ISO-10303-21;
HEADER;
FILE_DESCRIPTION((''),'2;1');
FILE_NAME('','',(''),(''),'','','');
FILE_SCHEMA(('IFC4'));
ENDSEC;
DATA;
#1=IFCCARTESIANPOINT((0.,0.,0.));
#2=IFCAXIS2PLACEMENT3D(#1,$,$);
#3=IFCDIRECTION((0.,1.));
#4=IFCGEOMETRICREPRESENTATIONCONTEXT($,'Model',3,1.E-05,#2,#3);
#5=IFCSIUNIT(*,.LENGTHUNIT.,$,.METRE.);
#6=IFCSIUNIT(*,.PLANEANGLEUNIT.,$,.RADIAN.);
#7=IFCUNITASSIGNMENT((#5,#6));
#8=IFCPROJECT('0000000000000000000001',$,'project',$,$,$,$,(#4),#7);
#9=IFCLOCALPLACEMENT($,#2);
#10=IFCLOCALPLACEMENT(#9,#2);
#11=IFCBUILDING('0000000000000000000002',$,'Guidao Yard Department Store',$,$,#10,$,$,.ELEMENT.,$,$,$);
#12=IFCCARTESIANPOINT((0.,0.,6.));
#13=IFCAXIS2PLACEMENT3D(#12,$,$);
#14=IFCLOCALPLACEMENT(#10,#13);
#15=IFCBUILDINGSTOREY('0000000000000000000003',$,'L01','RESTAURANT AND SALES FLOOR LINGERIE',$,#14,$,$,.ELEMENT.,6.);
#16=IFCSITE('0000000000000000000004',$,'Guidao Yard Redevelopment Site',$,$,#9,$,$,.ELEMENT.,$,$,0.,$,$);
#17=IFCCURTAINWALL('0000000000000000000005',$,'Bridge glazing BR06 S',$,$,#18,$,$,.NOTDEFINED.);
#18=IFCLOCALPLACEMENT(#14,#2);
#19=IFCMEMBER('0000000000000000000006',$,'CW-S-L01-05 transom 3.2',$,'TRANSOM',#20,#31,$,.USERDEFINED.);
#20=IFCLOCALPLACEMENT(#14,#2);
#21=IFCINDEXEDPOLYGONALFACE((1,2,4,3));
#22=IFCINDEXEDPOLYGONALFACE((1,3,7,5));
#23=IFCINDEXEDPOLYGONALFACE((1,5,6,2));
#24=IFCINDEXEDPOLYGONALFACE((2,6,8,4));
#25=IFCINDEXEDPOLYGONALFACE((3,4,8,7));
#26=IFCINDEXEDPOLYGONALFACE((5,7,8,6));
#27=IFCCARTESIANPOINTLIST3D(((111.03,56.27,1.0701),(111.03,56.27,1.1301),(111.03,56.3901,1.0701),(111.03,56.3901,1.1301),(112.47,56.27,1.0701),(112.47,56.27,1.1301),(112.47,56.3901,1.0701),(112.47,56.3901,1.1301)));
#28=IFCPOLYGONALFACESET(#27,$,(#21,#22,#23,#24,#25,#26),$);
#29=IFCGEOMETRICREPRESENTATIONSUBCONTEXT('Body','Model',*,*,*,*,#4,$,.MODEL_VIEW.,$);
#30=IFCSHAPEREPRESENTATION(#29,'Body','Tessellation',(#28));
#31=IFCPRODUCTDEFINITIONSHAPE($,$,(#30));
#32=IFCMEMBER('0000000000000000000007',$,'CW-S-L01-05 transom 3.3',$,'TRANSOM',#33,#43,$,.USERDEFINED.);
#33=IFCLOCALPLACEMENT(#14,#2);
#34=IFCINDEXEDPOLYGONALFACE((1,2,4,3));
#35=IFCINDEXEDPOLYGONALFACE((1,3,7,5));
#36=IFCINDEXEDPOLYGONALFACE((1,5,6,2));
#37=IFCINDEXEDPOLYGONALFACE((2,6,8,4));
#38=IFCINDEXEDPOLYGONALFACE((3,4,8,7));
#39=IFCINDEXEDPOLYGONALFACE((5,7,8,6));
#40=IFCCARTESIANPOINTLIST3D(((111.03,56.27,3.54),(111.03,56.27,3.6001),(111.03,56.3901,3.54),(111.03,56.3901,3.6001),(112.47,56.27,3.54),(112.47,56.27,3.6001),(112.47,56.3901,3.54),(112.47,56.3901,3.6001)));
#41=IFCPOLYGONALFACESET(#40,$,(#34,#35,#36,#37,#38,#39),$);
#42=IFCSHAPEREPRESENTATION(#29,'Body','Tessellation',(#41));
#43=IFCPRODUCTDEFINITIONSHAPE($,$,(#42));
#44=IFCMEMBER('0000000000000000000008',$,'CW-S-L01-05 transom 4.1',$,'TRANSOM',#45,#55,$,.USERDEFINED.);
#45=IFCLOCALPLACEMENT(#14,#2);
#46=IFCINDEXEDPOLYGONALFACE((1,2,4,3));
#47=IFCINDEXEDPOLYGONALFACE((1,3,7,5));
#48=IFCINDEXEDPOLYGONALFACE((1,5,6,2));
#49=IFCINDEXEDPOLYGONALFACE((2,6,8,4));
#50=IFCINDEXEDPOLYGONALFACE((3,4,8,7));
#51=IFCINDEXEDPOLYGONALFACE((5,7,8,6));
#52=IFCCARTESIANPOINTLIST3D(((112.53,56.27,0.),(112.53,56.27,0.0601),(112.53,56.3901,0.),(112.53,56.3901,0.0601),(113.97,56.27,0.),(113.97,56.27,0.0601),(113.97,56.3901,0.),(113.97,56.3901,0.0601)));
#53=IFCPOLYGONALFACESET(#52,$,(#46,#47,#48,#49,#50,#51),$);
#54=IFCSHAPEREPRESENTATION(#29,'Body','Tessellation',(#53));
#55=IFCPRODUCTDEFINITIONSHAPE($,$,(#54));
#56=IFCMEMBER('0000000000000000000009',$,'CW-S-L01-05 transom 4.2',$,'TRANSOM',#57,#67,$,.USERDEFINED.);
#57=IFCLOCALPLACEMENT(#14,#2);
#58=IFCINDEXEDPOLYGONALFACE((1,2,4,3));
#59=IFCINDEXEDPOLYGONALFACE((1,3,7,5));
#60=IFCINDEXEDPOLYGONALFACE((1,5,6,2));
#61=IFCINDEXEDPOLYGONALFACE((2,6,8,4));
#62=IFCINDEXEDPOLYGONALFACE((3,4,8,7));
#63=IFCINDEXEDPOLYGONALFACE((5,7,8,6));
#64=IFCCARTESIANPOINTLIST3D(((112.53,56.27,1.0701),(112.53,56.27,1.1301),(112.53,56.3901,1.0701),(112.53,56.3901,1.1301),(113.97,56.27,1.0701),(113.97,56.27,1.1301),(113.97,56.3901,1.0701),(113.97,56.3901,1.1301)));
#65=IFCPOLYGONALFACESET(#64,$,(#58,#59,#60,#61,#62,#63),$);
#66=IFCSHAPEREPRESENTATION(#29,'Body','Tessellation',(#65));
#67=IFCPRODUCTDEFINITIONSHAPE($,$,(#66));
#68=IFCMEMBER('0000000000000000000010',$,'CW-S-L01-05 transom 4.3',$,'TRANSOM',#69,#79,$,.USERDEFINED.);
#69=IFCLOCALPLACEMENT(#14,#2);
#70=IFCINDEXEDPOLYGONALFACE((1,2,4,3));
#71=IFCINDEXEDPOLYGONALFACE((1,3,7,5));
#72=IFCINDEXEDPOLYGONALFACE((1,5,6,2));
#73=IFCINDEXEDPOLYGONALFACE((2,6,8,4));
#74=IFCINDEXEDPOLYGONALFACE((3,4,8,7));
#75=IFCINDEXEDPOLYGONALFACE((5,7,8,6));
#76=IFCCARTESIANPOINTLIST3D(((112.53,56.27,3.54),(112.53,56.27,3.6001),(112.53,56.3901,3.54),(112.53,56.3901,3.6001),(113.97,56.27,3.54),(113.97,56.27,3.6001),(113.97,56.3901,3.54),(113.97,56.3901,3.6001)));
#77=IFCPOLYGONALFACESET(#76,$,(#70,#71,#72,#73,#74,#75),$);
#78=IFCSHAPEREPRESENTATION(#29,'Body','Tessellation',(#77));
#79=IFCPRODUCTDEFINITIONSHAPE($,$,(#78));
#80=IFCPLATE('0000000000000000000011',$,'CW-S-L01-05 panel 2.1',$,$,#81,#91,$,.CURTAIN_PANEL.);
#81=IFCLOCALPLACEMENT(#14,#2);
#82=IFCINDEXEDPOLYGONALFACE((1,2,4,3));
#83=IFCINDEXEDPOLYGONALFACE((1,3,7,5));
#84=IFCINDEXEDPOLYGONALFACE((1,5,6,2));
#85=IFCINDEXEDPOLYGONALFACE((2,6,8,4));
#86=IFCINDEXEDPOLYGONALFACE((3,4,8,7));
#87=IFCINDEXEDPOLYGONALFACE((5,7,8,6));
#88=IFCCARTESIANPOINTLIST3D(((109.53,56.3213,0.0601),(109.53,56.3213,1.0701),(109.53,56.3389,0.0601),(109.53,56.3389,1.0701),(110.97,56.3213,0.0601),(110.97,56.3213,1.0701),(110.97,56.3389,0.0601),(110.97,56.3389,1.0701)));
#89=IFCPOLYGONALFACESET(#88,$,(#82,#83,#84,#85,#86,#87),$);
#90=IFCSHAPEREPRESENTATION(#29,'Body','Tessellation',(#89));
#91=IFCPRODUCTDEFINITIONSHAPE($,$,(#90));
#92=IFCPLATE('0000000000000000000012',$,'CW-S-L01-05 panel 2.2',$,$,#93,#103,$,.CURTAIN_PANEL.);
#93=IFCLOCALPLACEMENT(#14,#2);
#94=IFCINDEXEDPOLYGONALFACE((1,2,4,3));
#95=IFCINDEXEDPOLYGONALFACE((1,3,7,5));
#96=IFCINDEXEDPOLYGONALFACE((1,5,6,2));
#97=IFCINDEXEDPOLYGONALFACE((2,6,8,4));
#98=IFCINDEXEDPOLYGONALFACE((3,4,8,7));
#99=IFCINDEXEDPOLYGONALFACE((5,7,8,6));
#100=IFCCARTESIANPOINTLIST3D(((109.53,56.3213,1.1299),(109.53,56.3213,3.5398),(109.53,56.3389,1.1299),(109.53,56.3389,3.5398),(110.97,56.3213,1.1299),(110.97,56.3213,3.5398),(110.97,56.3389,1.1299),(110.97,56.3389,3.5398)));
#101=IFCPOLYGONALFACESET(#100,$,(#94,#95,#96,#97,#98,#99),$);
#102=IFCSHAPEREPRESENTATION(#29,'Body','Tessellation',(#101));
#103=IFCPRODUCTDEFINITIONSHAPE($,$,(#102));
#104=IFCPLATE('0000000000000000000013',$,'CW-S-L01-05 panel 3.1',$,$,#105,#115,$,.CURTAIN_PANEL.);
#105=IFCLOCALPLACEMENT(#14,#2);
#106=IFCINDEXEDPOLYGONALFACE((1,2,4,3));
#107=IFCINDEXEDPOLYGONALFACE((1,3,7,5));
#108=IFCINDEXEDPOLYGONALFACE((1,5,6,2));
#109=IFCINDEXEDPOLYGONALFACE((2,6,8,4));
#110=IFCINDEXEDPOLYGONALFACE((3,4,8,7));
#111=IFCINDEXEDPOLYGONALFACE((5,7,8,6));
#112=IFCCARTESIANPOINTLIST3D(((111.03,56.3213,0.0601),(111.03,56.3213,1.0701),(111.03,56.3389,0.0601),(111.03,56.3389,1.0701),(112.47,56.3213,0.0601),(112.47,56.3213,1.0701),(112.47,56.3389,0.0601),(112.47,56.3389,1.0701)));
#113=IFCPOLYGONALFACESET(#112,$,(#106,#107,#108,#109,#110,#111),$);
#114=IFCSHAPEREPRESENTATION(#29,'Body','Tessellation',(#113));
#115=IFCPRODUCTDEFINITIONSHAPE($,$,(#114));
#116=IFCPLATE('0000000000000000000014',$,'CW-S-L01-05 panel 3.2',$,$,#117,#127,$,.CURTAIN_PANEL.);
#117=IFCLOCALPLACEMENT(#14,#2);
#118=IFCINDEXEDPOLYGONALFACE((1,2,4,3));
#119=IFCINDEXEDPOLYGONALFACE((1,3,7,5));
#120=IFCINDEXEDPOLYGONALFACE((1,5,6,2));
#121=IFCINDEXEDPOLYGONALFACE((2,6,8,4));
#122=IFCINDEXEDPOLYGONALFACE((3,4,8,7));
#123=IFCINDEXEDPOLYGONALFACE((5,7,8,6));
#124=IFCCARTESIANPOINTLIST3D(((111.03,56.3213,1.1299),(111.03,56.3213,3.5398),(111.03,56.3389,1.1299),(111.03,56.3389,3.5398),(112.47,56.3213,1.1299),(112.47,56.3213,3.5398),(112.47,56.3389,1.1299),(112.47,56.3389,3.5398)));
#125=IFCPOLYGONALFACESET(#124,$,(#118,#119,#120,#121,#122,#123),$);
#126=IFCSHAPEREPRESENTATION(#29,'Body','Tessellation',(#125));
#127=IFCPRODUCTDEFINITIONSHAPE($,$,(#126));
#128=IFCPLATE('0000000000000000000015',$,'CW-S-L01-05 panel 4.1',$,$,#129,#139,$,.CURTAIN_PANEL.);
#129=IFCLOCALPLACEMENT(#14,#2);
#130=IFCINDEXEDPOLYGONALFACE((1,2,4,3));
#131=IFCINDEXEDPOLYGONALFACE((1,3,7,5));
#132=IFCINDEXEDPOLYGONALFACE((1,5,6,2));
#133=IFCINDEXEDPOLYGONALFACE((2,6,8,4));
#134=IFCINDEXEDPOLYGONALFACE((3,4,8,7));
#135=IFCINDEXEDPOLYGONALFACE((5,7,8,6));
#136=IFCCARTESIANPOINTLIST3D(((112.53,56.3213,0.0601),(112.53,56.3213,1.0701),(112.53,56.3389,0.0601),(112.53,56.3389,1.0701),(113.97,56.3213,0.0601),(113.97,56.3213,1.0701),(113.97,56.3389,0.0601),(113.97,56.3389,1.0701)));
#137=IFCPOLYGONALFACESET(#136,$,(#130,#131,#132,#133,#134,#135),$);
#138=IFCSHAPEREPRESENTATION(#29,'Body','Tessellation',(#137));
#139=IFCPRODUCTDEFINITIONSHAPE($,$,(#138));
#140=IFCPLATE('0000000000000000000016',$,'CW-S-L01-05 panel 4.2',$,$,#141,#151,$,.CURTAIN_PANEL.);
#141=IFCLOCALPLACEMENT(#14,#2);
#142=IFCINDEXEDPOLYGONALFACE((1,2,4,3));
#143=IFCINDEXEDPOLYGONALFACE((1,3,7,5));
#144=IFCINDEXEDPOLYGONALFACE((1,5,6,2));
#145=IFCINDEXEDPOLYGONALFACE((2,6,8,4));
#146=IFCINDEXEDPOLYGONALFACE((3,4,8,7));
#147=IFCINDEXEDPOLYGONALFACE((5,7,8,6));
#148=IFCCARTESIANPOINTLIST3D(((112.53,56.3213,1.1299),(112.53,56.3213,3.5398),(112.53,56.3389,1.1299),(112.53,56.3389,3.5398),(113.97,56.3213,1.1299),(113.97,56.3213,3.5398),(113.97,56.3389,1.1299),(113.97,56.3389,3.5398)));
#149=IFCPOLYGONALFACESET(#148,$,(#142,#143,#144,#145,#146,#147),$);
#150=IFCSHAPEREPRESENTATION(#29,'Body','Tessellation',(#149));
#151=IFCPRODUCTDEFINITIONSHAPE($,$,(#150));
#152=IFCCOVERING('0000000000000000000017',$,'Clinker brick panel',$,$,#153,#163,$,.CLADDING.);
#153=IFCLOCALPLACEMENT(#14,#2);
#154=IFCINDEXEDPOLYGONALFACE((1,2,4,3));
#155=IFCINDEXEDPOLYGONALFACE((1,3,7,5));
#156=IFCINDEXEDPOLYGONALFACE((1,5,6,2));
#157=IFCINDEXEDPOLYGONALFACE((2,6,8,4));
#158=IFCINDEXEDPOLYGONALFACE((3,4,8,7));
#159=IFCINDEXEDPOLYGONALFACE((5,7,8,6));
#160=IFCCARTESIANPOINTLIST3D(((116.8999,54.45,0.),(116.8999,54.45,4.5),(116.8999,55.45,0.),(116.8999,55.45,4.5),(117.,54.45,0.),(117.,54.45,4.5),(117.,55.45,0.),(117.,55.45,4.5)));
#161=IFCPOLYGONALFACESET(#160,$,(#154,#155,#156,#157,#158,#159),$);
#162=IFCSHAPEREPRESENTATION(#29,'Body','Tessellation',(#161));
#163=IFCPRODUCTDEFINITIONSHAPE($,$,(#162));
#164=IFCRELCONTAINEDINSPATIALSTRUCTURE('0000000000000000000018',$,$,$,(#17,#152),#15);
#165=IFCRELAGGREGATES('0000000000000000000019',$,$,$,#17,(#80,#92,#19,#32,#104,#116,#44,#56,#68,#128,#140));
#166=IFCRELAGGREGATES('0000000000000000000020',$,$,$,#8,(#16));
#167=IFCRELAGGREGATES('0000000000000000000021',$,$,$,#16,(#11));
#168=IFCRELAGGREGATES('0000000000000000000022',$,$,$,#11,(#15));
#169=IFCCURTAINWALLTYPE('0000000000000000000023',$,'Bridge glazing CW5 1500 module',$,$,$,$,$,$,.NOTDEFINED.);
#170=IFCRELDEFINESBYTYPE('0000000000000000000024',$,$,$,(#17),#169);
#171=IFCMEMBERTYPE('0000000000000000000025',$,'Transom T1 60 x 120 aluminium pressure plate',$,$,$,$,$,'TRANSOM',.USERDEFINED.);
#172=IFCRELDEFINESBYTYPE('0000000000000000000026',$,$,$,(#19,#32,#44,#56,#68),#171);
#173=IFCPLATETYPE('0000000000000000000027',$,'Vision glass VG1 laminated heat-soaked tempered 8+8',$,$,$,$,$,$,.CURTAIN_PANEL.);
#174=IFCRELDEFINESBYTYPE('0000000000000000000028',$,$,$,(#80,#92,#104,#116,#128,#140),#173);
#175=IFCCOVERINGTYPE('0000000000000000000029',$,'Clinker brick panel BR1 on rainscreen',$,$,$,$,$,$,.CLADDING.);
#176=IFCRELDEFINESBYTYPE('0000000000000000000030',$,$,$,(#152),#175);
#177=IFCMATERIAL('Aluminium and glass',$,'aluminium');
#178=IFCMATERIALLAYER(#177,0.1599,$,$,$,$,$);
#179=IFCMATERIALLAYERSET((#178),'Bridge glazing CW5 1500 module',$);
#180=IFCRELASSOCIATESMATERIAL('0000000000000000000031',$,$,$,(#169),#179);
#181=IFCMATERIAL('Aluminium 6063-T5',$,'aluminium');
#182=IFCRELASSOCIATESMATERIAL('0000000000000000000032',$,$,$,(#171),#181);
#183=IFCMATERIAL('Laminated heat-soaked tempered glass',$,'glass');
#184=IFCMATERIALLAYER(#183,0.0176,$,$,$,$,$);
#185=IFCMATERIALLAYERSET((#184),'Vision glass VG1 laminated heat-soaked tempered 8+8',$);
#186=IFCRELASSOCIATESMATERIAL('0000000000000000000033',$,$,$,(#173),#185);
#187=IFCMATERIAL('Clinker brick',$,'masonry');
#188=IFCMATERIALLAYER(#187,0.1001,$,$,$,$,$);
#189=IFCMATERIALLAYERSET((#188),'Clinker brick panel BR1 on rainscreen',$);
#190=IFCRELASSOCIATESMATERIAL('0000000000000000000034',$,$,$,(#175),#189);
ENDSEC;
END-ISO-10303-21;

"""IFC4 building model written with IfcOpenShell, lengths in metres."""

from ifc_helpers import new_model, si_unit, direction, frame, origin, origin_2d, place, context, subcontext, project, spatial, rectangle, extrude, material, layer, layer_set, material_profile, profile_set, type_object, element, aggregate, save


model = new_model("IFC4")

# Units and contexts
model_context = context("Model", 3, precision=1e-05, world=origin(), true_north=direction((0.0, 1.0)))
body_context = subcontext(model_context, "Body", "Model", "MODEL_VIEW")
ifc_project = project(units=[si_unit("LENGTHUNIT", "METRE"), si_unit("PLANEANGLEUNIT", "RADIAN")], contexts=[model_context])

# Site, building, storey
site_placement = place(None, origin())
site = spatial("IfcSite", under=ifc_project, at=site_placement, Name="Guidao Yard Redevelopment Site", CompositionType="ELEMENT", RefElevation=0.0)
building_placement = place(site_placement, origin())
building = spatial("IfcBuilding", under=site, at=building_placement, Name="Guidao Yard Department Store", CompositionType="ELEMENT")
storey_placement = place(building_placement, frame((0.0, 0.0, 6.0)))
storey = spatial("IfcBuildingStorey", under=building, at=storey_placement, Name="L01", Description="RESTAURANT AND SALES FLOOR LINGERIE", CompositionType="ELEMENT", Elevation=6.0)

# Curtain wall
ifc_material_1 = material(Name="Aluminium and glass", Category="aluminium")
ifc_layer_1 = layer(ifc_material_1, 0.1599)
ifc_layer_set_1 = layer_set([ifc_layer_1], Name="Bridge glazing CW5 1500 module")
curtain_wall_type = type_object("IfcCurtainWallType", Name="Bridge glazing CW5 1500 module", PredefinedType="NOTDEFINED", material=ifc_layer_set_1)
curtain_wall_1_placement = place(storey_placement, origin())
curtain_wall_1 = element("IfcCurtainWall", 1, at=curtain_wall_1_placement, inside=storey, type_object=curtain_wall_type, Name="Bridge glazing BR06 S", PredefinedType="NOTDEFINED")

# Members
ifc_material_2 = material(Name="Aluminium 6063-T5", Category="aluminium")
ifc_material_profile_1 = material_profile(ifc_material_2, rectangle(XDim=0.1201, YDim=0.0601, at=origin_2d()), Name="Transom T1 60 x 120 aluminium pressure plate")
ifc_profile_set_1 = profile_set([ifc_material_profile_1], Name="Aluminium 6063-T5")
member_type_1 = type_object("IfcMemberType", Name="Transom T1 60 x 120 aluminium pressure plate", ElementType="TRANSOM", PredefinedType="USERDEFINED", material=ifc_profile_set_1)
member_1_placement = place(storey_placement, frame((112.47, 56.3301, 1.1001), z_axis=(-1.0, 0.0, 0.0), x_axis=(0.0, -1.0, 0.0)))
member_1 = element("IfcMember", 2, at=member_1_placement, type_object=member_type_1, Name="CW-S-L01-05 transom 3.2", ObjectType="TRANSOM", PredefinedType="USERDEFINED", context=body_context, shape_type="SweptSolid", body=[
    extrude(rectangle(XDim=0.1201, YDim=0.0601, at=origin_2d()), origin(), (0.0, 0.0, 1.0), 1.4399),
])
member_2_placement = place(storey_placement, frame((112.47, 56.3301, 3.5701), z_axis=(-1.0, 0.0, 0.0), x_axis=(0.0, -1.0, 0.0)))
member_2 = element("IfcMember", 3, at=member_2_placement, type_object=member_type_1, Name="CW-S-L01-05 transom 3.3", ObjectType="TRANSOM", PredefinedType="USERDEFINED", context=body_context, shape_type="SweptSolid", body=[
    extrude(rectangle(XDim=0.1201, YDim=0.0601, at=origin_2d()), origin(), (0.0, 0.0, 1.0), 1.4399),
])
member_3_placement = place(storey_placement, frame((113.97, 56.3301, 0.03), z_axis=(-1.0, 0.0, 0.0), x_axis=(0.0, -1.0, 0.0)))
member_3 = element("IfcMember", 4, at=member_3_placement, type_object=member_type_1, Name="CW-S-L01-05 transom 4.1", ObjectType="TRANSOM", PredefinedType="USERDEFINED", context=body_context, shape_type="SweptSolid", body=[
    extrude(rectangle(XDim=0.1201, YDim=0.0601, at=origin_2d()), origin(), (0.0, 0.0, 1.0), 1.4399),
])
member_4_placement = place(storey_placement, frame((113.97, 56.3301, 1.1001), z_axis=(-1.0, 0.0, 0.0), x_axis=(0.0, -1.0, 0.0)))
member_4 = element("IfcMember", 5, at=member_4_placement, type_object=member_type_1, Name="CW-S-L01-05 transom 4.2", ObjectType="TRANSOM", PredefinedType="USERDEFINED", context=body_context, shape_type="SweptSolid", body=[
    extrude(rectangle(XDim=0.1201, YDim=0.0601, at=origin_2d()), origin(), (0.0, 0.0, 1.0), 1.4399),
])
member_5_placement = place(storey_placement, frame((113.97, 56.3301, 3.5701), z_axis=(-1.0, 0.0, 0.0), x_axis=(0.0, -1.0, 0.0)))
member_5 = element("IfcMember", 6, at=member_5_placement, type_object=member_type_1, Name="CW-S-L01-05 transom 4.3", ObjectType="TRANSOM", PredefinedType="USERDEFINED", context=body_context, shape_type="SweptSolid", body=[
    extrude(rectangle(XDim=0.1201, YDim=0.0601, at=origin_2d()), origin(), (0.0, 0.0, 1.0), 1.4399),
])

# Plates
ifc_material_3 = material(Name="Laminated heat-soaked tempered glass", Category="glass")
ifc_layer_2 = layer(ifc_material_3, 0.0176)
ifc_layer_set_2 = layer_set([ifc_layer_2], Name="Vision glass VG1 laminated heat-soaked tempered 8+8")
plate_type = type_object("IfcPlateType", Name="Vision glass VG1 laminated heat-soaked tempered 8+8", PredefinedType="CURTAIN_PANEL", material=ifc_layer_set_2)
plate_1_placement = place(storey_placement, frame((110.25, 56.3301, 0.0601), z_axis=(0.0, 0.0, 1.0), x_axis=(-1.0, 0.0, 0.0)))
plate_1 = element("IfcPlate", 7, at=plate_1_placement, type_object=plate_type, Name="CW-S-L01-05 panel 2.1", PredefinedType="CURTAIN_PANEL", context=body_context, shape_type="SweptSolid", body=[
    extrude(rectangle(XDim=1.4399, YDim=0.0176, at=origin_2d()), origin(), (0.0, 0.0, 1.0), 1.01),
])
plate_2_placement = place(storey_placement, frame((110.25, 56.3301, 1.1299), z_axis=(0.0, 0.0, 1.0), x_axis=(-1.0, 0.0, 0.0)))
plate_2 = element("IfcPlate", 8, at=plate_2_placement, type_object=plate_type, Name="CW-S-L01-05 panel 2.2", PredefinedType="CURTAIN_PANEL", context=body_context, shape_type="SweptSolid", body=[
    extrude(rectangle(XDim=1.4399, YDim=0.0176, at=origin_2d()), origin(), (0.0, 0.0, 1.0), 2.4099),
])
plate_3_placement = place(storey_placement, frame((111.75, 56.3301, 0.0601), z_axis=(0.0, 0.0, 1.0), x_axis=(-1.0, 0.0, 0.0)))
plate_3 = element("IfcPlate", 9, at=plate_3_placement, type_object=plate_type, Name="CW-S-L01-05 panel 3.1", PredefinedType="CURTAIN_PANEL", context=body_context, shape_type="SweptSolid", body=[
    extrude(rectangle(XDim=1.4399, YDim=0.0176, at=origin_2d()), origin(), (0.0, 0.0, 1.0), 1.01),
])
plate_4_placement = place(storey_placement, frame((111.75, 56.3301, 1.1299), z_axis=(0.0, 0.0, 1.0), x_axis=(-1.0, 0.0, 0.0)))
plate_4 = element("IfcPlate", 10, at=plate_4_placement, type_object=plate_type, Name="CW-S-L01-05 panel 3.2", PredefinedType="CURTAIN_PANEL", context=body_context, shape_type="SweptSolid", body=[
    extrude(rectangle(XDim=1.4399, YDim=0.0176, at=origin_2d()), origin(), (0.0, 0.0, 1.0), 2.4099),
])
plate_5_placement = place(storey_placement, frame((113.25, 56.3301, 0.0601), z_axis=(0.0, 0.0, 1.0), x_axis=(-1.0, 0.0, 0.0)))
plate_5 = element("IfcPlate", 11, at=plate_5_placement, type_object=plate_type, Name="CW-S-L01-05 panel 4.1", PredefinedType="CURTAIN_PANEL", context=body_context, shape_type="SweptSolid", body=[
    extrude(rectangle(XDim=1.4399, YDim=0.0176, at=origin_2d()), origin(), (0.0, 0.0, 1.0), 1.01),
])
plate_6_placement = place(storey_placement, frame((113.25, 56.3301, 1.1299), z_axis=(0.0, 0.0, 1.0), x_axis=(-1.0, 0.0, 0.0)))
plate_6 = element("IfcPlate", 12, at=plate_6_placement, type_object=plate_type, Name="CW-S-L01-05 panel 4.2", PredefinedType="CURTAIN_PANEL", context=body_context, shape_type="SweptSolid", body=[
    extrude(rectangle(XDim=1.4399, YDim=0.0176, at=origin_2d()), origin(), (0.0, 0.0, 1.0), 2.4099),
])
aggregate(curtain_wall_1, [plate_1, plate_2, member_1, member_2, plate_3, plate_4, member_3, member_4, member_5, plate_5, plate_6])

# Covering
ifc_material_4 = material(Name="Clinker brick", Category="masonry")
ifc_layer_3 = layer(ifc_material_4, 0.1001)
ifc_layer_set_3 = layer_set([ifc_layer_3], Name="Clinker brick panel BR1 on rainscreen")
covering_type = type_object("IfcCoveringType", Name="Clinker brick panel BR1 on rainscreen", PredefinedType="CLADDING", material=ifc_layer_set_3)
covering_placement = place(storey_placement, frame((116.95, 54.95, 0.0), z_axis=(0.0, 0.0, 1.0), x_axis=(0.0, 1.0, 0.0)))
element("IfcCovering", 13, at=covering_placement, inside=storey, type_object=covering_type, Name="Clinker brick panel", PredefinedType="CLADDING", context=body_context, shape_type="SweptSolid", body=[
    extrude(rectangle(XDim=1.0, YDim=0.1001, at=origin_2d()), origin(), (0.0, 0.0, 1.0), 4.5),
])

save(model, "model.ifc")
